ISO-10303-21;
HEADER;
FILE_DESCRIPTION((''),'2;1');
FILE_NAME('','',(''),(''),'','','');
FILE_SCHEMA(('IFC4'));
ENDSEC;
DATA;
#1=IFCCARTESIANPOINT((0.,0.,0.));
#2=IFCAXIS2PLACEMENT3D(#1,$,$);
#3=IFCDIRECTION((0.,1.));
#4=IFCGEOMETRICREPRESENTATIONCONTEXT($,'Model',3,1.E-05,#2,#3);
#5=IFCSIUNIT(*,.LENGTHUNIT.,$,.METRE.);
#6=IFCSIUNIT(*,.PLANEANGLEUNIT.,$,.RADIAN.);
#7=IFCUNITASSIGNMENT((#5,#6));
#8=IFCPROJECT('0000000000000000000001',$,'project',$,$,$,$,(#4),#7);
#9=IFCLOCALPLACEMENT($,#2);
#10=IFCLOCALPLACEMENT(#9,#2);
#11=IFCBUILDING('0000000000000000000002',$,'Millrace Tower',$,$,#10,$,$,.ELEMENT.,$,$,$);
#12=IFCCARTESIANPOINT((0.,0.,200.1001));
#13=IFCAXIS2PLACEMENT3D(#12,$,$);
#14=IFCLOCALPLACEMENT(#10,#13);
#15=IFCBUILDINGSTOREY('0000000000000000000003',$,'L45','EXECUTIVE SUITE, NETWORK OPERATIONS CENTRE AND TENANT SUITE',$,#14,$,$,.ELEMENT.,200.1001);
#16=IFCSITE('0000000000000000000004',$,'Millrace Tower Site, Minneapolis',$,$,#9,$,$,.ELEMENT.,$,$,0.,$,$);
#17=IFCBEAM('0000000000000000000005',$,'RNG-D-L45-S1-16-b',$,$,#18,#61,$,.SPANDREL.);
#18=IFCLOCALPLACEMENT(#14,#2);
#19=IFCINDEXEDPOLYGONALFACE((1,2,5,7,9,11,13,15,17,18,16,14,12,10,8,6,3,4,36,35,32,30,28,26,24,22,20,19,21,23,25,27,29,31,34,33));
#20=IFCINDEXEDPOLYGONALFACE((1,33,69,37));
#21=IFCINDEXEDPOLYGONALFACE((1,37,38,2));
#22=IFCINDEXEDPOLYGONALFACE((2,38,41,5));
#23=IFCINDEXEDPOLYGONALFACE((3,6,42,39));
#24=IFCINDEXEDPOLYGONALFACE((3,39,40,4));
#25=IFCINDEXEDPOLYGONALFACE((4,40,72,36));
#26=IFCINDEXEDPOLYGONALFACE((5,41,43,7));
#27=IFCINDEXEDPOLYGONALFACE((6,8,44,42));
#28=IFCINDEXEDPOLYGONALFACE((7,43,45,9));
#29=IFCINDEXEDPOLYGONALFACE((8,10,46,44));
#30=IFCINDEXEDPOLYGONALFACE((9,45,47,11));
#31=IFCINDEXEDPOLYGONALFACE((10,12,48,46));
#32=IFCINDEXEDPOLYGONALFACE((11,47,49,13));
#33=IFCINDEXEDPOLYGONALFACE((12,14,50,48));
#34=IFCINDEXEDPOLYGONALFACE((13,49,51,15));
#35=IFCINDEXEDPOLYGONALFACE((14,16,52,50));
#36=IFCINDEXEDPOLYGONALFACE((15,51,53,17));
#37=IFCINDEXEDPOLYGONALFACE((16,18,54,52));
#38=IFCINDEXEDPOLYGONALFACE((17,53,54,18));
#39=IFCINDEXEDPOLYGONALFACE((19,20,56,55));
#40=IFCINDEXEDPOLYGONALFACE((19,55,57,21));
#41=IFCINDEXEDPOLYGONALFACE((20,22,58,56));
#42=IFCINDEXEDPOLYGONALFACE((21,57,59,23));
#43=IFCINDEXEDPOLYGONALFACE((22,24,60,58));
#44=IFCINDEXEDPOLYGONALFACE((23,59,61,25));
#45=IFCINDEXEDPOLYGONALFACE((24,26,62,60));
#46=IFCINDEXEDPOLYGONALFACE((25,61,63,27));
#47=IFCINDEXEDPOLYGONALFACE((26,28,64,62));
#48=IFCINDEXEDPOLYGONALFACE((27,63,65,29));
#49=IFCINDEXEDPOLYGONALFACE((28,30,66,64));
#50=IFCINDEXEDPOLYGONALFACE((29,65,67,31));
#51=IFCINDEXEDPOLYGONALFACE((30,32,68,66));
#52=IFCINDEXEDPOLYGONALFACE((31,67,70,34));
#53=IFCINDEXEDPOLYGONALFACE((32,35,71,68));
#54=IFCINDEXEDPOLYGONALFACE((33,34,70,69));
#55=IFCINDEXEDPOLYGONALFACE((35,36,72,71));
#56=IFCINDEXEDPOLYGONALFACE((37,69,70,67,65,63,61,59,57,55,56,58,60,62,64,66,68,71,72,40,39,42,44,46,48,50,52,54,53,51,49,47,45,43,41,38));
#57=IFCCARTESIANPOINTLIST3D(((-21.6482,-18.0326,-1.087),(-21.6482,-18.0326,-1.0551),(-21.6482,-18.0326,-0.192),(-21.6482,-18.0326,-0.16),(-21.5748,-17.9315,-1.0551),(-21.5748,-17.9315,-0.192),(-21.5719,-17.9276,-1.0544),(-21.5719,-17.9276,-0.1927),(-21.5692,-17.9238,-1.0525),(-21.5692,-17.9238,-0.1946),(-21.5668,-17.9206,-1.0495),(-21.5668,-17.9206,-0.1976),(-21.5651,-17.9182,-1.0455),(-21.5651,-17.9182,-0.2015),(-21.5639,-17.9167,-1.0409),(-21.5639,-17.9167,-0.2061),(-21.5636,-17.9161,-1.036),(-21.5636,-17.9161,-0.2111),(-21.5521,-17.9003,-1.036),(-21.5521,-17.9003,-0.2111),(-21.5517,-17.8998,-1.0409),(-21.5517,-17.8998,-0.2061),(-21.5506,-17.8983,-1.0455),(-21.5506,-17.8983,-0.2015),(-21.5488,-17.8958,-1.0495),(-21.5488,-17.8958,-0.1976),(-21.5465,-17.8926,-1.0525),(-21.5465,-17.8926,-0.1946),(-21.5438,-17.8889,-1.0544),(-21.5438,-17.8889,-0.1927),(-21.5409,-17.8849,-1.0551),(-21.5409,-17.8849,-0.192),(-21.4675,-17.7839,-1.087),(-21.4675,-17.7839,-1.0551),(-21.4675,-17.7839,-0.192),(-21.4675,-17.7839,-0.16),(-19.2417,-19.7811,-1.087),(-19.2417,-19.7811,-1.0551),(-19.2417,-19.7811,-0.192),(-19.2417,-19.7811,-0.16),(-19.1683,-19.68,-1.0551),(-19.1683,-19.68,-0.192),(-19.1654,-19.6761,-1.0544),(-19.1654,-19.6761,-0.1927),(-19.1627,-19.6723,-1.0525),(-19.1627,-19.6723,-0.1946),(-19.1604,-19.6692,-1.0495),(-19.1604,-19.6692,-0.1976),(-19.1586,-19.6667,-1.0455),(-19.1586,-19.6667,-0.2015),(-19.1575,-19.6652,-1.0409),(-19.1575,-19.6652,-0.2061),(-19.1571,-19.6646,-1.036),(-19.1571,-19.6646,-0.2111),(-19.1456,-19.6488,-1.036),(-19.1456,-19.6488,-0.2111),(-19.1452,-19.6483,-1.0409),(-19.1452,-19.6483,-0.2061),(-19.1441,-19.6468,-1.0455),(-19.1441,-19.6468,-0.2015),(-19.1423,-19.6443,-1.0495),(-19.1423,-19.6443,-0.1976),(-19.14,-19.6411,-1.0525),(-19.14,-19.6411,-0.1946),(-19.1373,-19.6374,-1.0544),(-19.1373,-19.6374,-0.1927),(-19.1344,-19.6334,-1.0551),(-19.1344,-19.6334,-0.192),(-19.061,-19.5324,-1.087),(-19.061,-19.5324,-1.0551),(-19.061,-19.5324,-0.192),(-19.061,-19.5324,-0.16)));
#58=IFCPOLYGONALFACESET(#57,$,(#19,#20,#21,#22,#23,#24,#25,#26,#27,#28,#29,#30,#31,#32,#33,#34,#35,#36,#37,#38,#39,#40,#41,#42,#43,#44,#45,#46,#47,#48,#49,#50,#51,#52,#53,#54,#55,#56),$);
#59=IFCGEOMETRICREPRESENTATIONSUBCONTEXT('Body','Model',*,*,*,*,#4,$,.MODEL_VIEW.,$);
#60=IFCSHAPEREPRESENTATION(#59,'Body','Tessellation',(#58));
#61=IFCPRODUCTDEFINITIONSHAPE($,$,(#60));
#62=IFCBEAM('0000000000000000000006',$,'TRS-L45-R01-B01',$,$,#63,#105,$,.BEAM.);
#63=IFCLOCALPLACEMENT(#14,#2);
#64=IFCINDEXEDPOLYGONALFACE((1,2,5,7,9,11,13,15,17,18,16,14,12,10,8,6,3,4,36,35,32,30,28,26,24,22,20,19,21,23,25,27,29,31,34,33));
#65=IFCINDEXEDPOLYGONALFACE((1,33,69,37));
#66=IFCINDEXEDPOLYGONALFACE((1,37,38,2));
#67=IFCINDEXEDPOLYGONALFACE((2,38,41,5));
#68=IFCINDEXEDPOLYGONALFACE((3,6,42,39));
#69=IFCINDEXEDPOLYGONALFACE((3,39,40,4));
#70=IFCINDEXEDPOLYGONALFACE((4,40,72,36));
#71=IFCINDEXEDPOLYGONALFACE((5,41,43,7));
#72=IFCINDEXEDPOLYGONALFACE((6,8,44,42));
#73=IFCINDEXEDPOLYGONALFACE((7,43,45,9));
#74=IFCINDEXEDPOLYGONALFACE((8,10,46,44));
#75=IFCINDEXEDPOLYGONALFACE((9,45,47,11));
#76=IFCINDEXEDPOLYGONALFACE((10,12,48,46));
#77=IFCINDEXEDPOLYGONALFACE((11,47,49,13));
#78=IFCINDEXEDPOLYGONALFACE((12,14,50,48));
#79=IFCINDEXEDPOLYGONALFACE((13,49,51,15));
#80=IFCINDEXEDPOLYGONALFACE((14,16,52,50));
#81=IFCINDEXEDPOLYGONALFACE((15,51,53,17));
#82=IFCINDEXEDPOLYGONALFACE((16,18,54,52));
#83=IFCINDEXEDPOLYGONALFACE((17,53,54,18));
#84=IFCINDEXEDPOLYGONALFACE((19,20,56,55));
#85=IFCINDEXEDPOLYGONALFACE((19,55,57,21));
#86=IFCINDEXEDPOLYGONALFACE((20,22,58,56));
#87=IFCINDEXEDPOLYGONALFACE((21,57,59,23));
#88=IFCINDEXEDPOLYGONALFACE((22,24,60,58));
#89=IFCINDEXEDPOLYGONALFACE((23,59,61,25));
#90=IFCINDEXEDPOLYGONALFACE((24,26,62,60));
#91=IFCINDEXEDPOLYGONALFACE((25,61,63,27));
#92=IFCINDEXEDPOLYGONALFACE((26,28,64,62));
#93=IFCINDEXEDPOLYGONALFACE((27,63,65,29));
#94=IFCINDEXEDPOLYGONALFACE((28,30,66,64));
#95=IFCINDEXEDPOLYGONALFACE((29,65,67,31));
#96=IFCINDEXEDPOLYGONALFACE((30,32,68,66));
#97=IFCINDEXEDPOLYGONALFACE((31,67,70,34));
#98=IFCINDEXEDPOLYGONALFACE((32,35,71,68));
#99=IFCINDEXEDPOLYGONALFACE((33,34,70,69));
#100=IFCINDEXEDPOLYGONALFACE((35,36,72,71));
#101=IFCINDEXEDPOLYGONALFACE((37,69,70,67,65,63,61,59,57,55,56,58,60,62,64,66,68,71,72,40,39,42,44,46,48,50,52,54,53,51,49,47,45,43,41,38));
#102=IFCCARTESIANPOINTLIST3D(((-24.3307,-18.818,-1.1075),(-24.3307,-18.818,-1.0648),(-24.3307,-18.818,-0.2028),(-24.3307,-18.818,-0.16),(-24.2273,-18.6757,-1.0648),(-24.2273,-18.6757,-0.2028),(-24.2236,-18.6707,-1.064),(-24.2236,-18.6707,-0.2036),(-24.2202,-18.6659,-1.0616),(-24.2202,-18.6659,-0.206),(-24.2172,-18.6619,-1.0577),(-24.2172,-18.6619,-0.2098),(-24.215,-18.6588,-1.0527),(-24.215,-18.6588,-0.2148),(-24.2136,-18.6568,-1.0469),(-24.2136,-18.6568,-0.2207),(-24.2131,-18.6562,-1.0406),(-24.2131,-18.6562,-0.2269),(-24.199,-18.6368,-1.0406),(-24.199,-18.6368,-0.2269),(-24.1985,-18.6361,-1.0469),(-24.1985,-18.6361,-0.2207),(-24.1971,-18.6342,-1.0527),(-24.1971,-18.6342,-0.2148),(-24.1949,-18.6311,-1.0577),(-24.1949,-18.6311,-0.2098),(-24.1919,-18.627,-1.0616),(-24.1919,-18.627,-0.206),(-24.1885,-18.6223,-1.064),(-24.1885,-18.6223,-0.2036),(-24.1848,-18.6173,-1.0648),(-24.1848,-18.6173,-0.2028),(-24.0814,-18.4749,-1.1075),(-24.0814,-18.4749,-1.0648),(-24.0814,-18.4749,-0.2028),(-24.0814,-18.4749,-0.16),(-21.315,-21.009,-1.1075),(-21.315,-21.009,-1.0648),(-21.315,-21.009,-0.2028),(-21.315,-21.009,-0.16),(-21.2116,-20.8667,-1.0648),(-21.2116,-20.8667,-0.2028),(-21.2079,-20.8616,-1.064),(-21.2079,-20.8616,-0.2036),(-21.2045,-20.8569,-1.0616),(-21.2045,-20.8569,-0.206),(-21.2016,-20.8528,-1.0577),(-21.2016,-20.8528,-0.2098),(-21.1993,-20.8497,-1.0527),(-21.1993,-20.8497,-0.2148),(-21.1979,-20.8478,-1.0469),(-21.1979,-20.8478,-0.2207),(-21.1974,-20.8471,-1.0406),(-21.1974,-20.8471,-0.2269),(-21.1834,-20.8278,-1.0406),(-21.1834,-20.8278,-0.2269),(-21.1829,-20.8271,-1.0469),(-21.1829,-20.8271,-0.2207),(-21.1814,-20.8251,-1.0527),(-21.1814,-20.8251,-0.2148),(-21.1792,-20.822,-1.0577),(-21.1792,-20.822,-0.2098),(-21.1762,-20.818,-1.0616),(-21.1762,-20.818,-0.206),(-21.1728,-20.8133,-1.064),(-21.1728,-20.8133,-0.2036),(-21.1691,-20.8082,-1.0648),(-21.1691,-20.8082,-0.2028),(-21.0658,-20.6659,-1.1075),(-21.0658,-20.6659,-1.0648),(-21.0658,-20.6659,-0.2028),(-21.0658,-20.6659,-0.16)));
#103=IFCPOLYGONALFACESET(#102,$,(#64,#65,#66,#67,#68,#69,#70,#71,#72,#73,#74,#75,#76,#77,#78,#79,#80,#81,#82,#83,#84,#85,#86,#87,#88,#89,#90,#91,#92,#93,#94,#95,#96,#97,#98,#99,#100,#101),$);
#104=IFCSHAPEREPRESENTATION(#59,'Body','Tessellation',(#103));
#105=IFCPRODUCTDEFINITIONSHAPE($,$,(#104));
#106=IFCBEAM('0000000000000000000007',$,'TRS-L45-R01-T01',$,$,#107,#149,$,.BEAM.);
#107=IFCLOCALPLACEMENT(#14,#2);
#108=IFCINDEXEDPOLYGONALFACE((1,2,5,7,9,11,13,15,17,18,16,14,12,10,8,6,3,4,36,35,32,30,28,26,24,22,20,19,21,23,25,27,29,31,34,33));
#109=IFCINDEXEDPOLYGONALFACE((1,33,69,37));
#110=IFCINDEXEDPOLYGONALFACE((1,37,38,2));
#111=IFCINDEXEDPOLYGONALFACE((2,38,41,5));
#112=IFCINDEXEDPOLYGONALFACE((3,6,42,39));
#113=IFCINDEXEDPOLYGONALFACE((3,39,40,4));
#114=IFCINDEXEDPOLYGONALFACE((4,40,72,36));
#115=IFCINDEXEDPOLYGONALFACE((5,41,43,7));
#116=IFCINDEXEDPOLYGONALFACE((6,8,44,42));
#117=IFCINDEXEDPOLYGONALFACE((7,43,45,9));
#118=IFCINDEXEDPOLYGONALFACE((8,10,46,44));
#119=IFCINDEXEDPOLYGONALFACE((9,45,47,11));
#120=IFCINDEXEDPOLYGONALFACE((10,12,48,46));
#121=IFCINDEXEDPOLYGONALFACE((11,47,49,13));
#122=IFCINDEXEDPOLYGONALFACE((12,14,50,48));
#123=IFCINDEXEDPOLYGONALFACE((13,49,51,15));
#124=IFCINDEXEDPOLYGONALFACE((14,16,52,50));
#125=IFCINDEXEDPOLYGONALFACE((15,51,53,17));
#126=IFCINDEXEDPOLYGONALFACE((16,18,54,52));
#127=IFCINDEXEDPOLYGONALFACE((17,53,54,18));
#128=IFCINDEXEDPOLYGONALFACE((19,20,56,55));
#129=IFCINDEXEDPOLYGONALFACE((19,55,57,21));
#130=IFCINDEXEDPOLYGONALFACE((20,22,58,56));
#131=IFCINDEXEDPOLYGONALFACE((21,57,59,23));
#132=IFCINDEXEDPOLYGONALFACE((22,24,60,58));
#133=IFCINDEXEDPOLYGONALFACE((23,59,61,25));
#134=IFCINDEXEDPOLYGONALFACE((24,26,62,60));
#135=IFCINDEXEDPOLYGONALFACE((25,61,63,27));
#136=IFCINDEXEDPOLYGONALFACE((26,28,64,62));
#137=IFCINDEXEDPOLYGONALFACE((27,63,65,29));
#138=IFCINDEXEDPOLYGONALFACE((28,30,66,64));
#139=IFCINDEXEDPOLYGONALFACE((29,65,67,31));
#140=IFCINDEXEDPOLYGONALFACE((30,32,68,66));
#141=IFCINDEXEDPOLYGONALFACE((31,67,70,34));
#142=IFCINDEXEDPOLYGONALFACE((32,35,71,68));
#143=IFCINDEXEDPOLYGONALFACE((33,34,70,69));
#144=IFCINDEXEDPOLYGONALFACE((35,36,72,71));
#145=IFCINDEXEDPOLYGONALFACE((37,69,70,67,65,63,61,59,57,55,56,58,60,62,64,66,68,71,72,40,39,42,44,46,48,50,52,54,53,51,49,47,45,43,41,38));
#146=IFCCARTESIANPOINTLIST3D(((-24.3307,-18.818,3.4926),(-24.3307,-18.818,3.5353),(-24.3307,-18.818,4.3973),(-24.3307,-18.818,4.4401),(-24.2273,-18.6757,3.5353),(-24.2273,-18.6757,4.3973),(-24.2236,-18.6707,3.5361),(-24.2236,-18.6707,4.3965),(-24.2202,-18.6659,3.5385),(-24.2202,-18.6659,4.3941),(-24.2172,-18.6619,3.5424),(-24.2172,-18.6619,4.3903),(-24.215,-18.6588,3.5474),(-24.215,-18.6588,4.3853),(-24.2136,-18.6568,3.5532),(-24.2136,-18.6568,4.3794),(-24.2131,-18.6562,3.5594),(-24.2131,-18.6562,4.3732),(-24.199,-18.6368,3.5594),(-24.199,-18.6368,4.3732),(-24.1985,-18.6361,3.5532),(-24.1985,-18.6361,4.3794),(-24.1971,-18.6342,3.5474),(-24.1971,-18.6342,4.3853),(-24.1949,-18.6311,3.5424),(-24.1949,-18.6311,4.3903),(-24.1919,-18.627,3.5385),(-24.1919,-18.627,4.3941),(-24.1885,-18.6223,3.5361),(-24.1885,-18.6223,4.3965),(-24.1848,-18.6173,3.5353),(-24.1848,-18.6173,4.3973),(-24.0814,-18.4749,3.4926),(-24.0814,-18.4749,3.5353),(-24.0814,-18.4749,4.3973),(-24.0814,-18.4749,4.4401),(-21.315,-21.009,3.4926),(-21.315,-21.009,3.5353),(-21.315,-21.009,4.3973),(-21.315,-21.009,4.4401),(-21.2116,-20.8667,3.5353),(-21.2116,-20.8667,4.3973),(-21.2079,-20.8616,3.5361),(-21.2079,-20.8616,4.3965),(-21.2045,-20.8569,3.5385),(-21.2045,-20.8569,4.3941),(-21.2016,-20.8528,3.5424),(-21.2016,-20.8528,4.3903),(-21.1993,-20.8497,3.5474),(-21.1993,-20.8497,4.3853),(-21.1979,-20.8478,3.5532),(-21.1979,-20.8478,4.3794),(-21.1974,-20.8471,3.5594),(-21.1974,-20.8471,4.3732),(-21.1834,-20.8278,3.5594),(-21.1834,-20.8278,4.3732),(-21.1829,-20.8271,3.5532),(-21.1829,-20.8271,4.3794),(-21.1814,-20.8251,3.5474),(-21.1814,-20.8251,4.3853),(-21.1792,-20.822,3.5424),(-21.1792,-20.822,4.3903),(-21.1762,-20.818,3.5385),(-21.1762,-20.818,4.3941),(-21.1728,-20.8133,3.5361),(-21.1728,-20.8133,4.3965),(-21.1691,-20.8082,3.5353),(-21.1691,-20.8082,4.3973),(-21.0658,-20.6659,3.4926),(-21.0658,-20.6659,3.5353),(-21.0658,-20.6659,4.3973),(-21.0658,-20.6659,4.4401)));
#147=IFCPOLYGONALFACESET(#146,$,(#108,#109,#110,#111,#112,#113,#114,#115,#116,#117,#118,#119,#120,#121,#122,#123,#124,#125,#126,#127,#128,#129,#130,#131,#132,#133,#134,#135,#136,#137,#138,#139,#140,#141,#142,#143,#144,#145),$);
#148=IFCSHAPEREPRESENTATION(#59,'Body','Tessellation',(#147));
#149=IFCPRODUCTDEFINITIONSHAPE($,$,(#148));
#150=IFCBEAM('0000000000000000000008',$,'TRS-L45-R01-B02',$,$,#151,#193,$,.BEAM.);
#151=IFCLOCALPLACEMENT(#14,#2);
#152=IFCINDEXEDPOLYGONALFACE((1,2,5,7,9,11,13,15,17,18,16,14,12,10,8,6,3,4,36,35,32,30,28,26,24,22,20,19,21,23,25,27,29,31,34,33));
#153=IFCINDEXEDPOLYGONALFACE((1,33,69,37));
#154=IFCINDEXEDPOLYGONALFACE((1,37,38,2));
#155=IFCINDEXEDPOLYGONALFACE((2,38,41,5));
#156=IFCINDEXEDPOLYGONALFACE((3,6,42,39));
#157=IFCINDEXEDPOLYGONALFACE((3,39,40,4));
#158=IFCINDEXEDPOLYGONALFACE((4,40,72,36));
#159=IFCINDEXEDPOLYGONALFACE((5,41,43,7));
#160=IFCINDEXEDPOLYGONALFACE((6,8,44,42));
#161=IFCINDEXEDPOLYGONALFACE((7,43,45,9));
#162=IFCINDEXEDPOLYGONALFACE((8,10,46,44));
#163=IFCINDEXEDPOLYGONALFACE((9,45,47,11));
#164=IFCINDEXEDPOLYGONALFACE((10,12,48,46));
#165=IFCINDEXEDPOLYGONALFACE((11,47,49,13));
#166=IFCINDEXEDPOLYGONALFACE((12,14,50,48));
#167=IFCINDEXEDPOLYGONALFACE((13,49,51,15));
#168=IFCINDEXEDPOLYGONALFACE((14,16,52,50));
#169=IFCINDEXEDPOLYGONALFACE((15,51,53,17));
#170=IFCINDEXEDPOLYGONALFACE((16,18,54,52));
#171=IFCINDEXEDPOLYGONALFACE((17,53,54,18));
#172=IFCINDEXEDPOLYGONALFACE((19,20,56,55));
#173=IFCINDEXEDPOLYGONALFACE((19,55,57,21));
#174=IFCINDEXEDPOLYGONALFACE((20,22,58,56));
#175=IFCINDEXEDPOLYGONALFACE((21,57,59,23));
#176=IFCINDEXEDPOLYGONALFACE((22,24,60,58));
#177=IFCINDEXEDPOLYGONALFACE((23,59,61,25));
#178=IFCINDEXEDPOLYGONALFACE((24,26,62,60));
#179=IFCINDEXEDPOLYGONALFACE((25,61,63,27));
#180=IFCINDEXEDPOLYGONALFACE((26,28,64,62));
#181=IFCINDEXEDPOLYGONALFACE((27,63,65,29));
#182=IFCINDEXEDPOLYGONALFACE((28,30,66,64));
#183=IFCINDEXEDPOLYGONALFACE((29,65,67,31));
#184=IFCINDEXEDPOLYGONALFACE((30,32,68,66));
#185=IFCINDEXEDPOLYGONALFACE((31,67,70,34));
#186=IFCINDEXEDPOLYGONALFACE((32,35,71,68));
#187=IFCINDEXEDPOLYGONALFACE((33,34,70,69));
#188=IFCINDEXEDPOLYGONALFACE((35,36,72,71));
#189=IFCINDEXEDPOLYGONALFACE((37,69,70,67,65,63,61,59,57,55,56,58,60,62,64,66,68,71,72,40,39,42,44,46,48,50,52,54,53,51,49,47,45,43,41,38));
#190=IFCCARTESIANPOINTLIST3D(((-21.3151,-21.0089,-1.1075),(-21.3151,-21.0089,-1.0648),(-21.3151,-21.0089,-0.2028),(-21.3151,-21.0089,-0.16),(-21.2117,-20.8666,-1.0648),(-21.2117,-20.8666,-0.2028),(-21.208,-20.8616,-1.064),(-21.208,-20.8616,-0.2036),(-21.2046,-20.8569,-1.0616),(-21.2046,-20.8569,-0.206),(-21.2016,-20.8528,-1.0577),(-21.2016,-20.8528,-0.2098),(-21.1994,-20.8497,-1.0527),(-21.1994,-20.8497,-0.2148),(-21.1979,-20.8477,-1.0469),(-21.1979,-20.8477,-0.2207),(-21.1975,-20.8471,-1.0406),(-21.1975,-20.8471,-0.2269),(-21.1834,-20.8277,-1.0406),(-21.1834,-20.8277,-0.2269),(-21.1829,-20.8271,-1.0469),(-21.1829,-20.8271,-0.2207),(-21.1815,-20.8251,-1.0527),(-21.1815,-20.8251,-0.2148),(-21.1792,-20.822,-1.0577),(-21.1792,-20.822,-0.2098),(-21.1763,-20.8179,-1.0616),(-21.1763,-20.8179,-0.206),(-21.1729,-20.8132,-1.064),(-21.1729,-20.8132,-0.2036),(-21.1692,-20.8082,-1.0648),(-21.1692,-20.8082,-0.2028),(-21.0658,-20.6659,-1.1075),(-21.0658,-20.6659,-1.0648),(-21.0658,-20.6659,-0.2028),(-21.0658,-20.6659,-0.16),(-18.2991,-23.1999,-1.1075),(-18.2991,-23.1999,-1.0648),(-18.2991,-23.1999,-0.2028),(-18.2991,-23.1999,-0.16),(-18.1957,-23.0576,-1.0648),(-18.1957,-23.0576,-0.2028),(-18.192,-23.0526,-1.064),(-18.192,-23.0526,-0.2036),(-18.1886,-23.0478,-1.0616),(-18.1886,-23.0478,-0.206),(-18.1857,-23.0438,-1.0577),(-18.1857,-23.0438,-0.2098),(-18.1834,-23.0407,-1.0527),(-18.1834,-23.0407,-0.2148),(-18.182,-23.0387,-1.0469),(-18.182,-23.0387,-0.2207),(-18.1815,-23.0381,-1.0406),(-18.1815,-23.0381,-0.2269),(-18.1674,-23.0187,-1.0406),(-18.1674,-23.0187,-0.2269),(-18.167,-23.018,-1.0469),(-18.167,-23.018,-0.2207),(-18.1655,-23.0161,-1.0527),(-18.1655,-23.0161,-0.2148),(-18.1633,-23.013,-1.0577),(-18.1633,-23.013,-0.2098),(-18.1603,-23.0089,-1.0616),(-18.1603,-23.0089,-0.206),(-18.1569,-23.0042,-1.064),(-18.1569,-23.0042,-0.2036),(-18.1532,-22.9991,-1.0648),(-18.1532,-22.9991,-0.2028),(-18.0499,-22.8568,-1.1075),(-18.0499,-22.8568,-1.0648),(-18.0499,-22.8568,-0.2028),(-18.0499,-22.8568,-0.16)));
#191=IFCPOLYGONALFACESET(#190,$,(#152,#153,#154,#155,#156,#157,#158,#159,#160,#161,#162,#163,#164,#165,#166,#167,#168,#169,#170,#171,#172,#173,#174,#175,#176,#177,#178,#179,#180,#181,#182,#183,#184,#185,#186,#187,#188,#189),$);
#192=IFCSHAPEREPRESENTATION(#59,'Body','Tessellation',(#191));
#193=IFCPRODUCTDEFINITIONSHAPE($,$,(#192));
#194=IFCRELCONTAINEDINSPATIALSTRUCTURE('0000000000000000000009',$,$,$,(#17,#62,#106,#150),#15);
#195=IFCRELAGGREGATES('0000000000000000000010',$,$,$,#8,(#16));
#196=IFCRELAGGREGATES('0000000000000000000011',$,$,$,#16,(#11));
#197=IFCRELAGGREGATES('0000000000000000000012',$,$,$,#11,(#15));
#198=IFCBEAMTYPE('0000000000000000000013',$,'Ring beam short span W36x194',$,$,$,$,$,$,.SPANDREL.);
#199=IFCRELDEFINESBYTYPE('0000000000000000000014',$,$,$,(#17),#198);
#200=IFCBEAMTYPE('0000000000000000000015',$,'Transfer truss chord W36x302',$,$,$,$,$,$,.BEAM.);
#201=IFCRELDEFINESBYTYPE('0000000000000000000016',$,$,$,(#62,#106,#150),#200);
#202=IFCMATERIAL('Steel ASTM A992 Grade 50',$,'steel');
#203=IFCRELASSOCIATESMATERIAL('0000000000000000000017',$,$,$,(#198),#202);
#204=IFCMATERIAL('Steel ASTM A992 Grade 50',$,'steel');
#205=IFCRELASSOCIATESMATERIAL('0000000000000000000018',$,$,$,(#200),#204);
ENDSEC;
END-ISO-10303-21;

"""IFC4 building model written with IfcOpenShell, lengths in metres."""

from ifc_helpers import new_model, si_unit, direction, frame, origin, origin_2d, place, context, subcontext, project, spatial, i_section, extrude, material, material_profile, profile_set, type_object, element, save


model = new_model("IFC4")

# Units and contexts
model_context = context("Model", 3, precision=1e-05, world=origin(), true_north=direction((0.0, 1.0)))
body_context = subcontext(model_context, "Body", "Model", "MODEL_VIEW")
ifc_project = project(units=[si_unit("LENGTHUNIT", "METRE"), si_unit("PLANEANGLEUNIT", "RADIAN")], contexts=[model_context])

# Site, building, storey
site_placement = place(None, origin())
site = spatial("IfcSite", under=ifc_project, at=site_placement, Name="Millrace Tower Site, Minneapolis", CompositionType="ELEMENT", RefElevation=0.0)
building_placement = place(site_placement, origin())
building = spatial("IfcBuilding", under=site, at=building_placement, Name="Millrace Tower", CompositionType="ELEMENT")
storey_placement = place(building_placement, frame((0.0, 0.0, 200.1001)))
storey = spatial("IfcBuildingStorey", under=building, at=storey_placement, Name="L45", Description="EXECUTIVE SUITE, NETWORK OPERATIONS CENTRE AND TENANT SUITE", CompositionType="ELEMENT", Elevation=200.1001)

# Beams
ifc_material_1 = material(Name="Steel ASTM A992 Grade 50", Category="steel")
ifc_material_profile_1 = material_profile(ifc_material_1, i_section(OverallWidth=0.3074, OverallDepth=0.927, WebThickness=0.0195, FlangeThickness=0.032, FilletRadius=0.019, at=origin_2d()))
ifc_profile_set_1 = profile_set([ifc_material_profile_1], Name="Steel ASTM A992 Grade 50")
beam_type_1 = type_object("IfcBeamType", Name="Ring beam short span W36x194", PredefinedType="SPANDREL", material=ifc_profile_set_1)
beam_1_placement = place(storey_placement, frame((-19.1514, -19.6567, -0.6235), z_axis=(-0.808999, 0.587811, 0.0), x_axis=(-0.587811, -0.808999, 0.0)))
element("IfcBeam", 1, at=beam_1_placement, inside=storey, type_object=beam_type_1, Name="RNG-D-L45-S1-16-b", PredefinedType="SPANDREL", context=body_context, shape_type="SweptSolid", body=[
    extrude(i_section(OverallWidth=0.3074, OverallDepth=0.927, WebThickness=0.0195, FlangeThickness=0.032, FilletRadius=0.019, at=origin_2d()), origin(), (0.0, 0.0, 1.0), 2.9746),
])
ifc_material_2 = material(Name="Steel ASTM A992 Grade 50", Category="steel")
ifc_material_profile_2 = material_profile(ifc_material_2, i_section(OverallWidth=0.4241, OverallDepth=0.9475, WebThickness=0.0239, FlangeThickness=0.0427, FilletRadius=0.0242, at=origin_2d()))
ifc_profile_set_2 = profile_set([ifc_material_profile_2], Name="Steel ASTM A992 Grade 50")
beam_type_2 = type_object("IfcBeamType", Name="Transfer truss chord W36x302", PredefinedType="BEAM", material=ifc_profile_set_2)
for number, where, z_axis, x_axis, name in (
    (2, (-24.2061, -18.6465, -0.6338), (0.809025, -0.587774, 0.0), (0.587774, 0.809025, 0.0), "TRS-L45-R01-B01"),
    (3, (-24.2061, -18.6465, 3.9663), (0.809025, -0.587774, 0.0), (0.587774, 0.809025, 0.0), "TRS-L45-R01-T01"),
):
    element("IfcBeam", number, at=place(storey_placement, frame(where, z_axis=z_axis, x_axis=x_axis)), inside=storey, type_object=beam_type_2, Name=name, PredefinedType="BEAM", context=body_context, shape_type="SweptSolid", body=[
        extrude(i_section(OverallWidth=0.4241, OverallDepth=0.9475, WebThickness=0.0239, FlangeThickness=0.0427, FilletRadius=0.0242, at=origin_2d()), origin(), (0.0, 0.0, 1.0), 3.7275),
    ])
for number, where, z_axis, x_axis, name in (
    (4, (-21.1904, -20.8374, -0.6338), (0.809048, -0.587743, 0.0), (0.587743, 0.809048, 0.0), "TRS-L45-R01-B02"),
):
    element("IfcBeam", number, at=place(storey_placement, frame(where, z_axis=z_axis, x_axis=x_axis)), inside=storey, type_object=beam_type_2, Name=name, PredefinedType="BEAM", context=body_context, shape_type="SweptSolid", body=[
        extrude(i_section(OverallWidth=0.4241, OverallDepth=0.9475, WebThickness=0.0239, FlangeThickness=0.0427, FilletRadius=0.0242, at=origin_2d()), origin(), (0.0, 0.0, 1.0), 3.7278),
    ])

save(model, "model.ifc")
